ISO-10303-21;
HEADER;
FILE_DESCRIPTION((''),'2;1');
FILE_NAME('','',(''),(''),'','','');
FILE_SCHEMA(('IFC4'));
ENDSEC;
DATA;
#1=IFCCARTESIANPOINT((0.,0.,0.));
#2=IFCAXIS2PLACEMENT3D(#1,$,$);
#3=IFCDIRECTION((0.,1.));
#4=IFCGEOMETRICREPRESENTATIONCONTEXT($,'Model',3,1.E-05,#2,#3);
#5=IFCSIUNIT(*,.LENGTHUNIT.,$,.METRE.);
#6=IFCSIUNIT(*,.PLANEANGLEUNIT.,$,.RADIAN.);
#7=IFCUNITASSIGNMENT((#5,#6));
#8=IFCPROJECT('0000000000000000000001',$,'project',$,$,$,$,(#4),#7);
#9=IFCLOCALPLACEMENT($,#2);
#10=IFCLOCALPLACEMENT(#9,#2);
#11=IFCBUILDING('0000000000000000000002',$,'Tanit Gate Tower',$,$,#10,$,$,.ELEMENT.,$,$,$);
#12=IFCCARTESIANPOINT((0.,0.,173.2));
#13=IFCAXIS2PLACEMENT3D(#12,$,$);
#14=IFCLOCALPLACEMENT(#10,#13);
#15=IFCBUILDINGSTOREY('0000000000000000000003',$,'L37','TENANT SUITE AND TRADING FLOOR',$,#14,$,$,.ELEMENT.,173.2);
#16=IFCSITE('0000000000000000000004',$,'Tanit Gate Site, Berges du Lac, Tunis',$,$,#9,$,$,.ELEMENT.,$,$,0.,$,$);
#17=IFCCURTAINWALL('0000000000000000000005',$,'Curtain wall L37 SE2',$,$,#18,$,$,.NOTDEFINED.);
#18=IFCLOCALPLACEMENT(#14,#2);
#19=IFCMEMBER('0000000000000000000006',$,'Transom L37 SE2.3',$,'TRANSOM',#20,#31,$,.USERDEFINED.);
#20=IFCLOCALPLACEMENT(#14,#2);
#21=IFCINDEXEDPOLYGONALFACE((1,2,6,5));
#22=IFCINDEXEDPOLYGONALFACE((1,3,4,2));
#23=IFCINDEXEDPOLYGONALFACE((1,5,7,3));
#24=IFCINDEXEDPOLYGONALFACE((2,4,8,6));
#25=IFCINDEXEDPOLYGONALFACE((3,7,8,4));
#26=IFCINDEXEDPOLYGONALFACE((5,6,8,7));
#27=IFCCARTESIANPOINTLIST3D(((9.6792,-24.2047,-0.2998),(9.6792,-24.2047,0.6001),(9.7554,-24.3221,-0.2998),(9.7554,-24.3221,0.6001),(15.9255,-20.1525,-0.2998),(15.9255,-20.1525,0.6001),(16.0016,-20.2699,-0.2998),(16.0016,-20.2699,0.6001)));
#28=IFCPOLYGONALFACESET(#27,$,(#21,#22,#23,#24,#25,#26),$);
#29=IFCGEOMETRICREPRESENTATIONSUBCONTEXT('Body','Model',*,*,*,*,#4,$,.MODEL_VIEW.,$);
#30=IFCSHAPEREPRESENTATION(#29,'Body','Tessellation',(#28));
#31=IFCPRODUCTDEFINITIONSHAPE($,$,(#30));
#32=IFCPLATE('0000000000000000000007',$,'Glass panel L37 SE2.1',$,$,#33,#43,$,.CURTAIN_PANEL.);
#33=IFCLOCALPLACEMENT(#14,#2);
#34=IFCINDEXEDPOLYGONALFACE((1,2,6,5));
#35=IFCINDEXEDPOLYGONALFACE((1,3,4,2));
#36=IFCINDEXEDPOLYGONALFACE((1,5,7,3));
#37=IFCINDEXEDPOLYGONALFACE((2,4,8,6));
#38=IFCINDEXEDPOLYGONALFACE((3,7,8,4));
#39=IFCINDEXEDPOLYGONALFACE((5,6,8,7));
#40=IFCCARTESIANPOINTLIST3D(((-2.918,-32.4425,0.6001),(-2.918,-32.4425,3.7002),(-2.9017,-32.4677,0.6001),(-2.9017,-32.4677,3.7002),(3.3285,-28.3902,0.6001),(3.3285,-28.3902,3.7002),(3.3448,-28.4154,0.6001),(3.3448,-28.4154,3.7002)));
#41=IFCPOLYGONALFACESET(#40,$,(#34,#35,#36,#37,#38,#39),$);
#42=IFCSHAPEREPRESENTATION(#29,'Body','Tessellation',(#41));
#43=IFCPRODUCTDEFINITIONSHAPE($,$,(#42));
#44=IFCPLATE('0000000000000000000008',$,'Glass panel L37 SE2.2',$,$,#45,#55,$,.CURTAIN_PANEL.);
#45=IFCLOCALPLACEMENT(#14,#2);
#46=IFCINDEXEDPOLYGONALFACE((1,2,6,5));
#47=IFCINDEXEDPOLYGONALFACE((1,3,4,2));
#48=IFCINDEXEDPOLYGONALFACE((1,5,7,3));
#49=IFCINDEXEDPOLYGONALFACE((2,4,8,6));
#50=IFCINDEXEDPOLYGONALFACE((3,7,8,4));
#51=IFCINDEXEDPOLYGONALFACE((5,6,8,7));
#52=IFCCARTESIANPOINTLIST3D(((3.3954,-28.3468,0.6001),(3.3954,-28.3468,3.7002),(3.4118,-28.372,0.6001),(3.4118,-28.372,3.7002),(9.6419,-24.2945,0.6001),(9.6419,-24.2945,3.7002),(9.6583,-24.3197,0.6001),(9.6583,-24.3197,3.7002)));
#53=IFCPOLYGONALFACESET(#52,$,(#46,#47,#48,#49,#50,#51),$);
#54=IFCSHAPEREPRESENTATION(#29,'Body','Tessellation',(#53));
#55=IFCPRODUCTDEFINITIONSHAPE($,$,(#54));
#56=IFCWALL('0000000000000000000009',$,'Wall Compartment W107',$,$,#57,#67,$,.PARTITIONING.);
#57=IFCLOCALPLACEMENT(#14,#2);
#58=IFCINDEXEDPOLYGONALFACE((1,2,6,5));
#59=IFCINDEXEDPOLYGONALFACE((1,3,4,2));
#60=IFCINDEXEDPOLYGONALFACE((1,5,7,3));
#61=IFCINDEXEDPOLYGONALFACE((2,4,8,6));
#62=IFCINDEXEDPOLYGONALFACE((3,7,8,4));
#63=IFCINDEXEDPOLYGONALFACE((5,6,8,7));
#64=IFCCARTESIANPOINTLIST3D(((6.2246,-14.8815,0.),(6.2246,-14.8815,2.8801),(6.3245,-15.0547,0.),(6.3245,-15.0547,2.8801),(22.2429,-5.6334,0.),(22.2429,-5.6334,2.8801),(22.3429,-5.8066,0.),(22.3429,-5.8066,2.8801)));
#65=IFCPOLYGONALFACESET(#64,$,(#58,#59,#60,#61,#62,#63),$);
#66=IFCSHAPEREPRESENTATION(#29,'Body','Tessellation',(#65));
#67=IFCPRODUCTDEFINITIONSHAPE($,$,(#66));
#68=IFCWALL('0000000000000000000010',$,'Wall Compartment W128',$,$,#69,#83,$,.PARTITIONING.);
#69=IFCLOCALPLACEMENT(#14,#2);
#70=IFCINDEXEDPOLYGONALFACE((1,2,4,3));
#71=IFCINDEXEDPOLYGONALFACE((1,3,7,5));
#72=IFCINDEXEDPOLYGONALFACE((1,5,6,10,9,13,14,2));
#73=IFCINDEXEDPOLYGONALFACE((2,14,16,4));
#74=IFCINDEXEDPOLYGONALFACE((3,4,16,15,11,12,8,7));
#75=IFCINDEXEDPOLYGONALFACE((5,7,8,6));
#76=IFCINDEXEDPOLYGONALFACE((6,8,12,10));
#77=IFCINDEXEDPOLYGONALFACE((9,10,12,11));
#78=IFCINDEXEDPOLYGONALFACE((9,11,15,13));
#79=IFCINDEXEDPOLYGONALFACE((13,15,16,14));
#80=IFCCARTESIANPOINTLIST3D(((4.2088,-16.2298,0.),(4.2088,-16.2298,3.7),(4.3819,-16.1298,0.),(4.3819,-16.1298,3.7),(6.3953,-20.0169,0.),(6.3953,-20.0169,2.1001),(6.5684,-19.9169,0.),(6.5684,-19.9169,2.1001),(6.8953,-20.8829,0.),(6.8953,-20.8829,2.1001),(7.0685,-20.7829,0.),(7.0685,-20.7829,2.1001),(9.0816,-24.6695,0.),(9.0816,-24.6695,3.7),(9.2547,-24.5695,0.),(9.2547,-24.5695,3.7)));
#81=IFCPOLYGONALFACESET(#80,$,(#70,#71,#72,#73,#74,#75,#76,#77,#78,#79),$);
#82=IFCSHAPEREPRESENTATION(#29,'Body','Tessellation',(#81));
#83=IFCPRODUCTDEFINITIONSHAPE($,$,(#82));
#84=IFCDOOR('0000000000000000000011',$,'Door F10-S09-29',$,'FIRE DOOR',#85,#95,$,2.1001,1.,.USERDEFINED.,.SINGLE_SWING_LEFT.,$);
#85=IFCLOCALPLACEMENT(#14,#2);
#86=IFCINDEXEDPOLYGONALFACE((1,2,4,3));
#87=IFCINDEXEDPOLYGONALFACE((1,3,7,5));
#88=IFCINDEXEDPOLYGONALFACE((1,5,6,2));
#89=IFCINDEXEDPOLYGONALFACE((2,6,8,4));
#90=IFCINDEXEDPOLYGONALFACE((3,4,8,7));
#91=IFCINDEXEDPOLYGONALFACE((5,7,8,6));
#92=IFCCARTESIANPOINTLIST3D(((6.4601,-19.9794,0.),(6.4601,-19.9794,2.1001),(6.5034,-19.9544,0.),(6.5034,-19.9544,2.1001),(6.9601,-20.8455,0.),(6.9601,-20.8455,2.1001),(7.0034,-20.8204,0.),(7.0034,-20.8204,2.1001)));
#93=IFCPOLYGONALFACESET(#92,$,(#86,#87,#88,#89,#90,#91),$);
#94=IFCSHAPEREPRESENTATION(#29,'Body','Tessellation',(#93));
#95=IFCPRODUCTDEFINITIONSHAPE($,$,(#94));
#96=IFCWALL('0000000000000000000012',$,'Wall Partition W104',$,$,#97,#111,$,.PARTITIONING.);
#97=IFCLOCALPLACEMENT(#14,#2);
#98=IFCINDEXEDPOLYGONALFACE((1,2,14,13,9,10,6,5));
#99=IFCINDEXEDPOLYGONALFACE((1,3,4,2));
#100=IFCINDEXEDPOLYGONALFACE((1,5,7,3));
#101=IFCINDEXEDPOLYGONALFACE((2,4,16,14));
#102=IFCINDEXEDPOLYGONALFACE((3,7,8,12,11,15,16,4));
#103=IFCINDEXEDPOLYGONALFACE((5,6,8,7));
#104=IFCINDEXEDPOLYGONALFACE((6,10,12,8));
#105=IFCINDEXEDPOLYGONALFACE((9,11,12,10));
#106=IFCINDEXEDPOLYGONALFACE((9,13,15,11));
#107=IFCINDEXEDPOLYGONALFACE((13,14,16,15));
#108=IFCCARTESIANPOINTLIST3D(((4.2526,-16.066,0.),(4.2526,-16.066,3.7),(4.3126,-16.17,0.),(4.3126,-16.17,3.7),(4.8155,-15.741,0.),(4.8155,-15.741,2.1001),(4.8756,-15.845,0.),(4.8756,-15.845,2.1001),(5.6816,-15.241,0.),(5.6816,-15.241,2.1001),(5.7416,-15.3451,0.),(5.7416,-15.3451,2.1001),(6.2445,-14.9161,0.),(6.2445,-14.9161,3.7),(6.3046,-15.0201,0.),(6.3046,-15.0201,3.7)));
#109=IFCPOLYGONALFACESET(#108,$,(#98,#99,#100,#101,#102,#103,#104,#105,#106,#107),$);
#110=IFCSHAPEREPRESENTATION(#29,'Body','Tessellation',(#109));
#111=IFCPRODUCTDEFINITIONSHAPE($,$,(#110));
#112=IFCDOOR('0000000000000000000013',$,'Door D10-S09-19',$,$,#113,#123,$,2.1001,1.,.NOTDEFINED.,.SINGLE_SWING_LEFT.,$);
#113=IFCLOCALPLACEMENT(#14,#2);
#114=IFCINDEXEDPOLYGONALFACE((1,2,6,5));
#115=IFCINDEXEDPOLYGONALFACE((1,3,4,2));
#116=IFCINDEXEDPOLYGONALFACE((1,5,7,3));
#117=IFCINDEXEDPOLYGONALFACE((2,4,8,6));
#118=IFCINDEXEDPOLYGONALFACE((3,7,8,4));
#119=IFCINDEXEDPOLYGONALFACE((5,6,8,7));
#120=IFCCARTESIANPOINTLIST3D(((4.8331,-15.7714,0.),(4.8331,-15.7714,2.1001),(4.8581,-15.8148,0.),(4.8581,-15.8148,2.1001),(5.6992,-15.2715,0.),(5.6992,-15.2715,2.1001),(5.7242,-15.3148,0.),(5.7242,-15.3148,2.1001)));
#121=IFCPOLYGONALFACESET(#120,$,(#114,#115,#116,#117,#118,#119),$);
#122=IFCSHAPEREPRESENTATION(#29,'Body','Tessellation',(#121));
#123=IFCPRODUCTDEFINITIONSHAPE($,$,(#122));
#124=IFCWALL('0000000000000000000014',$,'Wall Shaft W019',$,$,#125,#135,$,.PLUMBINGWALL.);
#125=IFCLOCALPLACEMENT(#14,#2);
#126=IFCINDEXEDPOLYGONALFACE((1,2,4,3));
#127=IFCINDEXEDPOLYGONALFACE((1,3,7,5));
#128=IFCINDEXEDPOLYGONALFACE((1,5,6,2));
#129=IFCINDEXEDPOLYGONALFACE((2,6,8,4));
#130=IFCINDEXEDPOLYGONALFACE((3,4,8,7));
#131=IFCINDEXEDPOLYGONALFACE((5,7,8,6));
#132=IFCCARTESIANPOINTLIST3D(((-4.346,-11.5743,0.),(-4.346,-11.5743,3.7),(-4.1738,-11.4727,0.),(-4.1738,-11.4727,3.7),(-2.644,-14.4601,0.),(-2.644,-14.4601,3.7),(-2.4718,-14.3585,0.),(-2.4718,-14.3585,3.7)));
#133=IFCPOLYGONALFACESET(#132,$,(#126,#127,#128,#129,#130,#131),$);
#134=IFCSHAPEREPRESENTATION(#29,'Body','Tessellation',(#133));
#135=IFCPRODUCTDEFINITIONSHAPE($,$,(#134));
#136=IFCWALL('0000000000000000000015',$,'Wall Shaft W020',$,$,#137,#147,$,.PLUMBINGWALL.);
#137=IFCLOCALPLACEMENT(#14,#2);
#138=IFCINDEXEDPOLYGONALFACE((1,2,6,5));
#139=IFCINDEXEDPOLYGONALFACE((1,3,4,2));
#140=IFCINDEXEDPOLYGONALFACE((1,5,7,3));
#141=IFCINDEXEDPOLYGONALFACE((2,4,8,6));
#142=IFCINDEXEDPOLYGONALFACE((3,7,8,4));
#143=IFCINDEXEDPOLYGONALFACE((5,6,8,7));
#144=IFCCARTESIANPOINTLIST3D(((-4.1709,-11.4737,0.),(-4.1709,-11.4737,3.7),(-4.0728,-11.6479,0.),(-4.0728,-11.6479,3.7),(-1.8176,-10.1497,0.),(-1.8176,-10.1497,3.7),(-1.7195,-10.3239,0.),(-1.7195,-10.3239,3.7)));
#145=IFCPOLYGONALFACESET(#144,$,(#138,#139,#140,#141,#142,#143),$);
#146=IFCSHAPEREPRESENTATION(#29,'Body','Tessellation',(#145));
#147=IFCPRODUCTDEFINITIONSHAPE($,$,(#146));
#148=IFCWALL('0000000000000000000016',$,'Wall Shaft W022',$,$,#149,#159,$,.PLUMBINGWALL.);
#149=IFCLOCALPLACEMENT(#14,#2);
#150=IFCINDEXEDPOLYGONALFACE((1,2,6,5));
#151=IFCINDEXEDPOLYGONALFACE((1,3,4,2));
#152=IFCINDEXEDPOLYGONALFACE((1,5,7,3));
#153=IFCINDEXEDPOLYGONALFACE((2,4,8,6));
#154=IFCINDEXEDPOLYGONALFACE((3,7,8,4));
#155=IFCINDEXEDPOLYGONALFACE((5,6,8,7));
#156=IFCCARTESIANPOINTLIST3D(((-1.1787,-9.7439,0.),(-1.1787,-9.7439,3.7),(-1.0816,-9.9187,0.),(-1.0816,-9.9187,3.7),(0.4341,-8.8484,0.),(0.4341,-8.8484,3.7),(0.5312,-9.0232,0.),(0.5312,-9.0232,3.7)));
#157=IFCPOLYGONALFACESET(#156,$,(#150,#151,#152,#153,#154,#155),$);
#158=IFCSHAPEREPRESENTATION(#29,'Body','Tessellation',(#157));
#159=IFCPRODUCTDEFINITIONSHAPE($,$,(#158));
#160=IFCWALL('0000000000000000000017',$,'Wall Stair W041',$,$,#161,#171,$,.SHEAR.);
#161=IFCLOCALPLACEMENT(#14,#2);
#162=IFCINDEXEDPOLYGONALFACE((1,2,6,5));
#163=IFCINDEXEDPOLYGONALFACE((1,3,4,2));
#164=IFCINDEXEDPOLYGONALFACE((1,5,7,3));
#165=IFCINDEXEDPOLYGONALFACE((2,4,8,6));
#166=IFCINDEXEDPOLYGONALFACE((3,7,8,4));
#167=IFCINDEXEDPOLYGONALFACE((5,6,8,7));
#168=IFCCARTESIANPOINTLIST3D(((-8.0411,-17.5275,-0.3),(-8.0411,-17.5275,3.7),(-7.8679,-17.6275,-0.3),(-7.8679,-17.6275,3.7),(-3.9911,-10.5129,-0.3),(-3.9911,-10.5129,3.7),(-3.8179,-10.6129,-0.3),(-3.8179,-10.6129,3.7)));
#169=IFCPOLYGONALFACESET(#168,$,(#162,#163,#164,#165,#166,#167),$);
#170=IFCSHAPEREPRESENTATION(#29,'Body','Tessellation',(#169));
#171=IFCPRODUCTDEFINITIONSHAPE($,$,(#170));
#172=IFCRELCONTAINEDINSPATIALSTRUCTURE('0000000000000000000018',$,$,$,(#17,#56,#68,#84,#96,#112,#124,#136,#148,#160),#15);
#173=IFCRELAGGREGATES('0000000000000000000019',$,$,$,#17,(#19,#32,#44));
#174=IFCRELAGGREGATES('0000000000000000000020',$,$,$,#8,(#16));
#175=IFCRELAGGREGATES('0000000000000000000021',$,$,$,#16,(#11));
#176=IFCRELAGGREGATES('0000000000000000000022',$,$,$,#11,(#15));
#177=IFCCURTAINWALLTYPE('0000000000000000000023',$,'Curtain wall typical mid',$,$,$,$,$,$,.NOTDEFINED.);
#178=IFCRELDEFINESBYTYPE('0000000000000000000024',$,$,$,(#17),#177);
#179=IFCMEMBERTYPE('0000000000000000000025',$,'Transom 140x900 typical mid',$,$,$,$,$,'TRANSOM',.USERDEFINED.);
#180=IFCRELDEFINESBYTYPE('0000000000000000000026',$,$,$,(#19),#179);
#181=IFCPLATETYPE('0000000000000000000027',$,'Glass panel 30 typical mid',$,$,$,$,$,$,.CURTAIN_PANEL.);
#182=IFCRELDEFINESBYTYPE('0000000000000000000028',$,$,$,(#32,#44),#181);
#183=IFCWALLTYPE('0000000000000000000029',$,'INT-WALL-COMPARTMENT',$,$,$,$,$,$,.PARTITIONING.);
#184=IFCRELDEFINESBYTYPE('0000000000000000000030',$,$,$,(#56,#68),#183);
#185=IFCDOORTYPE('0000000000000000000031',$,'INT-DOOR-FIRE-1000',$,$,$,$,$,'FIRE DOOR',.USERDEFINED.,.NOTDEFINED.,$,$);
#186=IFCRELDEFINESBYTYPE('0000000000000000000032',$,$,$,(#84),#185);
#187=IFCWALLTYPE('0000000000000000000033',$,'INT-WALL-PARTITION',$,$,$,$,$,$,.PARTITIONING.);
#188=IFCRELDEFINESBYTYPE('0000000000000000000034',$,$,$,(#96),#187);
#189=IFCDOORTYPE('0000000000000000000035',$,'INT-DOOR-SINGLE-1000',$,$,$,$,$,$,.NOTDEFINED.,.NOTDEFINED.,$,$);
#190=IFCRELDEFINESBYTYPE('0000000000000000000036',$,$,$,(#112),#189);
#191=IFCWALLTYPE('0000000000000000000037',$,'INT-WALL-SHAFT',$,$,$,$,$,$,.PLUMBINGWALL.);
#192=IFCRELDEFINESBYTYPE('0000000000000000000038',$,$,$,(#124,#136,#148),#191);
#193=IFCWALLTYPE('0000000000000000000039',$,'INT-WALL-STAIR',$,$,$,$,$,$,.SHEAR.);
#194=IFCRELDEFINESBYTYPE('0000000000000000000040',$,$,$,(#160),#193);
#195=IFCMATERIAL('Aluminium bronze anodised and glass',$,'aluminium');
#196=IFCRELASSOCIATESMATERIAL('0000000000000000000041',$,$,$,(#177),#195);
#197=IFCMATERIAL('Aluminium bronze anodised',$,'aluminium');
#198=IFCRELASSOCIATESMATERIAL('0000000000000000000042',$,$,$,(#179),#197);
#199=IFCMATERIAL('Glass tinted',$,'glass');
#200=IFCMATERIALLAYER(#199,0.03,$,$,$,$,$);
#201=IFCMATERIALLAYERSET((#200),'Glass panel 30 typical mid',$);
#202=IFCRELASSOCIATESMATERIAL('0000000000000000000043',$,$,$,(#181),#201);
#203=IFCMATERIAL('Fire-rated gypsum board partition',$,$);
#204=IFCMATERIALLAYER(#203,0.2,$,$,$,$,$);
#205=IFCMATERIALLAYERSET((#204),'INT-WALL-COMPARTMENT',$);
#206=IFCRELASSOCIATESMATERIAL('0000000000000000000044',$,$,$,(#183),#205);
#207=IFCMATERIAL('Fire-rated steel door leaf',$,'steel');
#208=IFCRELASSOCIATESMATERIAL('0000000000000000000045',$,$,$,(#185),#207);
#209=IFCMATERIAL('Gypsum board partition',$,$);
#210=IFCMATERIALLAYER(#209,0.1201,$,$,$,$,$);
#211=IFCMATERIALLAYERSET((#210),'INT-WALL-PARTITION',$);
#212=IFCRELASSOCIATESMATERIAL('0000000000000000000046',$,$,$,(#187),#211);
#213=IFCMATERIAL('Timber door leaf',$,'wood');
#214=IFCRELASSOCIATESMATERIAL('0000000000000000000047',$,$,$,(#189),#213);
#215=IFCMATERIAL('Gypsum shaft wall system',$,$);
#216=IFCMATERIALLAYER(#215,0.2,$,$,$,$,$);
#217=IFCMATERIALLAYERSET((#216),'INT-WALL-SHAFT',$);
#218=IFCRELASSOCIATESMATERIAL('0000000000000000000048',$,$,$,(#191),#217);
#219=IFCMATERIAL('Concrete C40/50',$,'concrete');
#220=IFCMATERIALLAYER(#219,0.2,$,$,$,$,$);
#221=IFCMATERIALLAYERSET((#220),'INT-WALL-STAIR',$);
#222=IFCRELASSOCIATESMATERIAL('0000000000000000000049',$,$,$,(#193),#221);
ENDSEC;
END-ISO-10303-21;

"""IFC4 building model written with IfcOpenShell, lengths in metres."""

from ifc_helpers import new_model, si_unit, direction, frame, frame_2d, origin, origin_2d, place, context, subcontext, project, spatial, rectangle, extrude, material, layer, layer_set, material_profile, profile_set, type_object, element, fill, aggregate, save


model = new_model("IFC4")

# Units and contexts
model_context = context("Model", 3, precision=1e-05, world=origin(), true_north=direction((0.0, 1.0)))
body_context = subcontext(model_context, "Body", "Model", "MODEL_VIEW")
ifc_project = project(units=[si_unit("LENGTHUNIT", "METRE"), si_unit("PLANEANGLEUNIT", "RADIAN")], contexts=[model_context])

# Site, building, storey
site_placement = place(None, origin())
site = spatial("IfcSite", under=ifc_project, at=site_placement, Name="Tanit Gate Site, Berges du Lac, Tunis", CompositionType="ELEMENT", RefElevation=0.0)
building_placement = place(site_placement, origin())
building = spatial("IfcBuilding", under=site, at=building_placement, Name="Tanit Gate Tower", CompositionType="ELEMENT")
storey_placement = place(building_placement, frame((0.0, 0.0, 173.2)))
storey = spatial("IfcBuildingStorey", under=building, at=storey_placement, Name="L37", Description="TENANT SUITE AND TRADING FLOOR", CompositionType="ELEMENT", Elevation=173.2)

# Curtain wall
ifc_material_1 = material(Name="Aluminium bronze anodised and glass", Category="aluminium")
curtain_wall_type = type_object("IfcCurtainWallType", Name="Curtain wall typical mid", PredefinedType="NOTDEFINED", material=ifc_material_1)
curtain_wall_1_placement = place(storey_placement, origin())
curtain_wall_1 = element("IfcCurtainWall", 1, at=curtain_wall_1_placement, inside=storey, type_object=curtain_wall_type, Name="Curtain wall L37 SE2", PredefinedType="NOTDEFINED")

# Member
ifc_material_2 = material(Name="Aluminium bronze anodised", Category="aluminium")
ifc_material_profile_1 = material_profile(ifc_material_2, rectangle(XDim=0.1399, YDim=0.8999, at=origin_2d()), Name="140x900 bronze transom")
ifc_profile_set_1 = profile_set([ifc_material_profile_1], Name="Aluminium bronze anodised")
member_type_1 = type_object("IfcMemberType", Name="Transom 140x900 typical mid", ElementType="TRANSOM", PredefinedType="USERDEFINED", material=ifc_profile_set_1)
member_1_placement = place(storey_placement, frame((9.7173, -24.2634, 0.1501), z_axis=(0.838926, 0.544245, 0.0), x_axis=(-0.544245, 0.838926, 0.0)))
member_1 = element("IfcMember", 2, at=member_1_placement, type_object=member_type_1, Name="Transom L37 SE2.3", ObjectType="TRANSOM", PredefinedType="USERDEFINED", context=body_context, shape_type="SweptSolid", body=[
    extrude(rectangle(XDim=0.1399, YDim=0.8999, at=origin_2d()), origin(), (0.0, 0.0, 1.0), 7.4456),
])

# Plates
ifc_material_3 = material(Name="Glass tinted", Category="glass")
ifc_layer_1 = layer(ifc_material_3, 0.03)
ifc_layer_set_1 = layer_set([ifc_layer_1], Name="Glass panel 30 typical mid")
plate_type = type_object("IfcPlateType", Name="Glass panel 30 typical mid", PredefinedType="CURTAIN_PANEL", material=ifc_layer_set_1)
plate_1_placement = place(storey_placement, frame((0.2134, -30.429, 0.6001), z_axis=(0.0, 0.0, 1.0), x_axis=(0.838927, 0.544243, 0.0)))
plate_1 = element("IfcPlate", 3, at=plate_1_placement, type_object=plate_type, Name="Glass panel L37 SE2.1", PredefinedType="CURTAIN_PANEL", context=body_context, shape_type="SweptSolid", body=[
    extrude(rectangle(XDim=7.4458, YDim=0.03, at=origin_2d()), origin(), (0.0, 0.0, 1.0), 3.1001),
])
plate_2_placement = place(storey_placement, frame((6.5269, -26.3333, 0.6001), z_axis=(0.0, 0.0, 1.0), x_axis=(0.838927, 0.544243, 0.0)))
plate_2 = element("IfcPlate", 4, at=plate_2_placement, type_object=plate_type, Name="Glass panel L37 SE2.2", PredefinedType="CURTAIN_PANEL", context=body_context, shape_type="SweptSolid", body=[
    extrude(rectangle(XDim=7.4458, YDim=0.03, at=origin_2d()), origin(), (0.0, 0.0, 1.0), 3.1001),
])
aggregate(curtain_wall_1, [member_1, plate_1, plate_2])

# Wall
ifc_material_4 = material(Name="Fire-rated gypsum board partition")
ifc_layer_2 = layer(ifc_material_4, 0.2)
ifc_layer_set_2 = layer_set([ifc_layer_2], Name="INT-WALL-COMPARTMENT")
wall_type_1 = type_object("IfcWallType", Name="INT-WALL-COMPARTMENT", PredefinedType="PARTITIONING", material=ifc_layer_set_2)
wall_1_placement = place(storey_placement, frame((6.2747, -14.968, 0.0), z_axis=(0.0, 0.0, 1.0), x_axis=(0.866028, 0.499995, 0.0)))
element("IfcWall", 5, at=wall_1_placement, inside=storey, type_object=wall_type_1, Name="Wall Compartment W107", PredefinedType="PARTITIONING", context=body_context, shape_type="SweptSolid", body=[
    extrude(rectangle(XDim=18.4963, YDim=0.2, at=frame_2d((9.248, 0.0))), origin(), (0.0, 0.0, 1.0), 2.8801),
])

# Walls, openings, doors
wall_2_placement = place(storey_placement, frame((4.2954, -16.1799, 0.0), z_axis=(0.0, 0.0, 1.0), x_axis=(0.500011, -0.866019, 0.0)))
wall_2 = element("IfcWall", 6, at=wall_2_placement, inside=storey, type_object=wall_type_1, Name="Wall Compartment W128", PredefinedType="PARTITIONING", context=body_context, shape_type="SweptSolid", body=[
    extrude(rectangle(XDim=9.7454, YDim=0.2, at=frame_2d((4.8726, 0.0))), origin(), (0.0, 0.0, 1.0), 3.7),
])
opening_1_placement = place(wall_2_placement, frame((4.3728, 0.0, 0.0)))
opening_1 = element("IfcOpeningElement", 7, at=opening_1_placement, cuts=wall_2, PredefinedType="OPENING", context=body_context, shape_type="SweptSolid", body=[
    extrude(rectangle(XDim=1.0, YDim=2.1001, at=frame_2d((0.5, 1.05))), frame((0.0, 0.1099, 0.0), z_axis=(0.0, -1.0, 0.0), x_axis=(1.0, 0.0, 0.0)), (0.0, 0.0, 1.0), 0.22),
])
ifc_material_5 = material(Name="Fire-rated steel door leaf", Category="steel")
door_type_1 = type_object("IfcDoorType", Name="INT-DOOR-FIRE-1000", ElementType="FIRE DOOR", OperationType="NOTDEFINED", PredefinedType="USERDEFINED", material=ifc_material_5)
door_1_placement = place(opening_1_placement, origin())
door_1 = element("IfcDoor", 8, at=door_1_placement, inside=storey, type_object=door_type_1, Name="Door F10-S09-29", ObjectType="FIRE DOOR", OperationType="SINGLE_SWING_LEFT", OverallHeight=2.1001, OverallWidth=1.0, PredefinedType="USERDEFINED", context=body_context, shape_type="SweptSolid", body=[
    extrude(rectangle(XDim=1.0, YDim=2.1001, at=frame_2d((0.5, 1.05))), frame((0.0, 0.0249, 0.0), z_axis=(0.0, -1.0, 0.0), x_axis=(1.0, 0.0, 0.0)), (0.0, 0.0, 1.0), 0.05),
])
fill(opening_1, door_1)
ifc_material_6 = material(Name="Gypsum board partition")
ifc_layer_3 = layer(ifc_material_6, 0.1201)
ifc_layer_set_3 = layer_set([ifc_layer_3], Name="INT-WALL-PARTITION")
wall_type_2 = type_object("IfcWallType", Name="INT-WALL-PARTITION", PredefinedType="PARTITIONING", material=ifc_layer_set_3)
wall_3_placement = place(storey_placement, frame((4.2827, -16.1179, 0.0), z_axis=(0.0, 0.0, 1.0), x_axis=(0.866053, 0.499952, 0.0)))
wall_3 = element("IfcWall", 9, at=wall_3_placement, inside=storey, type_object=wall_type_2, Name="Wall Partition W104", PredefinedType="PARTITIONING", context=body_context, shape_type="SweptSolid", body=[
    extrude(rectangle(XDim=2.3, YDim=0.1201, at=frame_2d((1.1499, 0.0))), origin(), (0.0, 0.0, 1.0), 3.7),
])
opening_2_placement = place(wall_3_placement, frame((0.6499, 0.0, 0.0)))
opening_2 = element("IfcOpeningElement", 10, at=opening_2_placement, cuts=wall_3, PredefinedType="OPENING", context=body_context, shape_type="SweptSolid", body=[
    extrude(rectangle(XDim=1.0, YDim=2.1001, at=frame_2d((0.5, 1.05))), frame((0.0, 0.0701, 0.0), z_axis=(0.0, -1.0, 0.0), x_axis=(1.0, 0.0, 0.0)), (0.0, 0.0, 1.0), 0.1401),
])
ifc_material_7 = material(Name="Timber door leaf", Category="wood")
door_type_2 = type_object("IfcDoorType", Name="INT-DOOR-SINGLE-1000", OperationType="NOTDEFINED", PredefinedType="NOTDEFINED", material=ifc_material_7)
door_2_placement = place(opening_2_placement, origin())
door_2 = element("IfcDoor", 11, at=door_2_placement, inside=storey, type_object=door_type_2, Name="Door D10-S09-19", OperationType="SINGLE_SWING_LEFT", OverallHeight=2.1001, OverallWidth=1.0, PredefinedType="NOTDEFINED", context=body_context, shape_type="SweptSolid", body=[
    extrude(rectangle(XDim=1.0, YDim=2.1001, at=frame_2d((0.5, 1.05))), frame((0.0, 0.0249, 0.0), z_axis=(0.0, -1.0, 0.0), x_axis=(1.0, 0.0, 0.0)), (0.0, 0.0, 1.0), 0.05),
])
fill(opening_2, door_2)

# Walls
ifc_material_8 = material(Name="Gypsum shaft wall system")
ifc_layer_4 = layer(ifc_material_8, 0.2)
ifc_layer_set_4 = layer_set([ifc_layer_4], Name="INT-WALL-SHAFT")
wall_type_3 = type_object("IfcWallType", Name="INT-WALL-SHAFT", PredefinedType="PLUMBINGWALL", material=ifc_layer_set_4)
wall_4_placement = place(storey_placement, frame((-2.5579, -14.4094, 0.0), z_axis=(0.0, 0.0, 1.0), x_axis=(-0.507997, 0.861359, 0.0)))
element("IfcWall", 12, at=wall_4_placement, inside=storey, type_object=wall_type_3, Name="Wall Shaft W019", PredefinedType="PLUMBINGWALL", context=body_context, shape_type="SweptSolid", body=[
    extrude(rectangle(XDim=3.3503, YDim=0.2, at=frame_2d((1.6753, 0.0))), origin(), (0.0, 0.0, 1.0), 3.7),
])
wall_5_placement = place(storey_placement, frame((-1.7686, -10.2368, 0.0), z_axis=(0.0, 0.0, 1.0), x_axis=(-0.871534, -0.490334, 0.0)))
element("IfcWall", 13, at=wall_5_placement, inside=storey, type_object=wall_type_3, Name="Wall Shaft W020", PredefinedType="PLUMBINGWALL", context=body_context, shape_type="SweptSolid", body=[
    extrude(rectangle(XDim=2.7002, YDim=0.2, at=frame_2d((1.3501, 0.0))), origin(), (0.0, 0.0, 1.0), 3.7),
])
wall_6_placement = place(storey_placement, frame((-1.1301, -9.8313, 0.0), z_axis=(0.0, 0.0, 1.0), x_axis=(0.87427, 0.485441, 0.0)))
element("IfcWall", 14, at=wall_6_placement, inside=storey, type_object=wall_type_3, Name="Wall Shaft W022", PredefinedType="PLUMBINGWALL", context=body_context, shape_type="SweptSolid", body=[
    extrude(rectangle(XDim=1.8447, YDim=0.2, at=frame_2d((0.9224, 0.0))), origin(), (0.0, 0.0, 1.0), 3.7),
])
ifc_material_9 = material(Name="Concrete C40/50", Category="concrete")
ifc_layer_5 = layer(ifc_material_9, 0.2)
ifc_layer_set_5 = layer_set([ifc_layer_5], Name="INT-WALL-STAIR")
wall_type_4 = type_object("IfcWallType", Name="INT-WALL-STAIR", PredefinedType="SHEAR", material=ifc_layer_set_5)
wall_7_placement = place(storey_placement, frame((-3.9045, -10.563, -0.3), z_axis=(0.0, 0.0, 1.0), x_axis=(-0.500013, -0.866018, 0.0)))
element("IfcWall", 15, at=wall_7_placement, inside=storey, type_object=wall_type_4, Name="Wall Stair W041", PredefinedType="SHEAR", context=body_context, shape_type="SweptSolid", body=[
    extrude(rectangle(XDim=8.0999, YDim=0.2, at=frame_2d((4.0498, 0.0))), origin(), (0.0, 0.0, 1.0), 4.0),
])

save(model, "model.ifc")
